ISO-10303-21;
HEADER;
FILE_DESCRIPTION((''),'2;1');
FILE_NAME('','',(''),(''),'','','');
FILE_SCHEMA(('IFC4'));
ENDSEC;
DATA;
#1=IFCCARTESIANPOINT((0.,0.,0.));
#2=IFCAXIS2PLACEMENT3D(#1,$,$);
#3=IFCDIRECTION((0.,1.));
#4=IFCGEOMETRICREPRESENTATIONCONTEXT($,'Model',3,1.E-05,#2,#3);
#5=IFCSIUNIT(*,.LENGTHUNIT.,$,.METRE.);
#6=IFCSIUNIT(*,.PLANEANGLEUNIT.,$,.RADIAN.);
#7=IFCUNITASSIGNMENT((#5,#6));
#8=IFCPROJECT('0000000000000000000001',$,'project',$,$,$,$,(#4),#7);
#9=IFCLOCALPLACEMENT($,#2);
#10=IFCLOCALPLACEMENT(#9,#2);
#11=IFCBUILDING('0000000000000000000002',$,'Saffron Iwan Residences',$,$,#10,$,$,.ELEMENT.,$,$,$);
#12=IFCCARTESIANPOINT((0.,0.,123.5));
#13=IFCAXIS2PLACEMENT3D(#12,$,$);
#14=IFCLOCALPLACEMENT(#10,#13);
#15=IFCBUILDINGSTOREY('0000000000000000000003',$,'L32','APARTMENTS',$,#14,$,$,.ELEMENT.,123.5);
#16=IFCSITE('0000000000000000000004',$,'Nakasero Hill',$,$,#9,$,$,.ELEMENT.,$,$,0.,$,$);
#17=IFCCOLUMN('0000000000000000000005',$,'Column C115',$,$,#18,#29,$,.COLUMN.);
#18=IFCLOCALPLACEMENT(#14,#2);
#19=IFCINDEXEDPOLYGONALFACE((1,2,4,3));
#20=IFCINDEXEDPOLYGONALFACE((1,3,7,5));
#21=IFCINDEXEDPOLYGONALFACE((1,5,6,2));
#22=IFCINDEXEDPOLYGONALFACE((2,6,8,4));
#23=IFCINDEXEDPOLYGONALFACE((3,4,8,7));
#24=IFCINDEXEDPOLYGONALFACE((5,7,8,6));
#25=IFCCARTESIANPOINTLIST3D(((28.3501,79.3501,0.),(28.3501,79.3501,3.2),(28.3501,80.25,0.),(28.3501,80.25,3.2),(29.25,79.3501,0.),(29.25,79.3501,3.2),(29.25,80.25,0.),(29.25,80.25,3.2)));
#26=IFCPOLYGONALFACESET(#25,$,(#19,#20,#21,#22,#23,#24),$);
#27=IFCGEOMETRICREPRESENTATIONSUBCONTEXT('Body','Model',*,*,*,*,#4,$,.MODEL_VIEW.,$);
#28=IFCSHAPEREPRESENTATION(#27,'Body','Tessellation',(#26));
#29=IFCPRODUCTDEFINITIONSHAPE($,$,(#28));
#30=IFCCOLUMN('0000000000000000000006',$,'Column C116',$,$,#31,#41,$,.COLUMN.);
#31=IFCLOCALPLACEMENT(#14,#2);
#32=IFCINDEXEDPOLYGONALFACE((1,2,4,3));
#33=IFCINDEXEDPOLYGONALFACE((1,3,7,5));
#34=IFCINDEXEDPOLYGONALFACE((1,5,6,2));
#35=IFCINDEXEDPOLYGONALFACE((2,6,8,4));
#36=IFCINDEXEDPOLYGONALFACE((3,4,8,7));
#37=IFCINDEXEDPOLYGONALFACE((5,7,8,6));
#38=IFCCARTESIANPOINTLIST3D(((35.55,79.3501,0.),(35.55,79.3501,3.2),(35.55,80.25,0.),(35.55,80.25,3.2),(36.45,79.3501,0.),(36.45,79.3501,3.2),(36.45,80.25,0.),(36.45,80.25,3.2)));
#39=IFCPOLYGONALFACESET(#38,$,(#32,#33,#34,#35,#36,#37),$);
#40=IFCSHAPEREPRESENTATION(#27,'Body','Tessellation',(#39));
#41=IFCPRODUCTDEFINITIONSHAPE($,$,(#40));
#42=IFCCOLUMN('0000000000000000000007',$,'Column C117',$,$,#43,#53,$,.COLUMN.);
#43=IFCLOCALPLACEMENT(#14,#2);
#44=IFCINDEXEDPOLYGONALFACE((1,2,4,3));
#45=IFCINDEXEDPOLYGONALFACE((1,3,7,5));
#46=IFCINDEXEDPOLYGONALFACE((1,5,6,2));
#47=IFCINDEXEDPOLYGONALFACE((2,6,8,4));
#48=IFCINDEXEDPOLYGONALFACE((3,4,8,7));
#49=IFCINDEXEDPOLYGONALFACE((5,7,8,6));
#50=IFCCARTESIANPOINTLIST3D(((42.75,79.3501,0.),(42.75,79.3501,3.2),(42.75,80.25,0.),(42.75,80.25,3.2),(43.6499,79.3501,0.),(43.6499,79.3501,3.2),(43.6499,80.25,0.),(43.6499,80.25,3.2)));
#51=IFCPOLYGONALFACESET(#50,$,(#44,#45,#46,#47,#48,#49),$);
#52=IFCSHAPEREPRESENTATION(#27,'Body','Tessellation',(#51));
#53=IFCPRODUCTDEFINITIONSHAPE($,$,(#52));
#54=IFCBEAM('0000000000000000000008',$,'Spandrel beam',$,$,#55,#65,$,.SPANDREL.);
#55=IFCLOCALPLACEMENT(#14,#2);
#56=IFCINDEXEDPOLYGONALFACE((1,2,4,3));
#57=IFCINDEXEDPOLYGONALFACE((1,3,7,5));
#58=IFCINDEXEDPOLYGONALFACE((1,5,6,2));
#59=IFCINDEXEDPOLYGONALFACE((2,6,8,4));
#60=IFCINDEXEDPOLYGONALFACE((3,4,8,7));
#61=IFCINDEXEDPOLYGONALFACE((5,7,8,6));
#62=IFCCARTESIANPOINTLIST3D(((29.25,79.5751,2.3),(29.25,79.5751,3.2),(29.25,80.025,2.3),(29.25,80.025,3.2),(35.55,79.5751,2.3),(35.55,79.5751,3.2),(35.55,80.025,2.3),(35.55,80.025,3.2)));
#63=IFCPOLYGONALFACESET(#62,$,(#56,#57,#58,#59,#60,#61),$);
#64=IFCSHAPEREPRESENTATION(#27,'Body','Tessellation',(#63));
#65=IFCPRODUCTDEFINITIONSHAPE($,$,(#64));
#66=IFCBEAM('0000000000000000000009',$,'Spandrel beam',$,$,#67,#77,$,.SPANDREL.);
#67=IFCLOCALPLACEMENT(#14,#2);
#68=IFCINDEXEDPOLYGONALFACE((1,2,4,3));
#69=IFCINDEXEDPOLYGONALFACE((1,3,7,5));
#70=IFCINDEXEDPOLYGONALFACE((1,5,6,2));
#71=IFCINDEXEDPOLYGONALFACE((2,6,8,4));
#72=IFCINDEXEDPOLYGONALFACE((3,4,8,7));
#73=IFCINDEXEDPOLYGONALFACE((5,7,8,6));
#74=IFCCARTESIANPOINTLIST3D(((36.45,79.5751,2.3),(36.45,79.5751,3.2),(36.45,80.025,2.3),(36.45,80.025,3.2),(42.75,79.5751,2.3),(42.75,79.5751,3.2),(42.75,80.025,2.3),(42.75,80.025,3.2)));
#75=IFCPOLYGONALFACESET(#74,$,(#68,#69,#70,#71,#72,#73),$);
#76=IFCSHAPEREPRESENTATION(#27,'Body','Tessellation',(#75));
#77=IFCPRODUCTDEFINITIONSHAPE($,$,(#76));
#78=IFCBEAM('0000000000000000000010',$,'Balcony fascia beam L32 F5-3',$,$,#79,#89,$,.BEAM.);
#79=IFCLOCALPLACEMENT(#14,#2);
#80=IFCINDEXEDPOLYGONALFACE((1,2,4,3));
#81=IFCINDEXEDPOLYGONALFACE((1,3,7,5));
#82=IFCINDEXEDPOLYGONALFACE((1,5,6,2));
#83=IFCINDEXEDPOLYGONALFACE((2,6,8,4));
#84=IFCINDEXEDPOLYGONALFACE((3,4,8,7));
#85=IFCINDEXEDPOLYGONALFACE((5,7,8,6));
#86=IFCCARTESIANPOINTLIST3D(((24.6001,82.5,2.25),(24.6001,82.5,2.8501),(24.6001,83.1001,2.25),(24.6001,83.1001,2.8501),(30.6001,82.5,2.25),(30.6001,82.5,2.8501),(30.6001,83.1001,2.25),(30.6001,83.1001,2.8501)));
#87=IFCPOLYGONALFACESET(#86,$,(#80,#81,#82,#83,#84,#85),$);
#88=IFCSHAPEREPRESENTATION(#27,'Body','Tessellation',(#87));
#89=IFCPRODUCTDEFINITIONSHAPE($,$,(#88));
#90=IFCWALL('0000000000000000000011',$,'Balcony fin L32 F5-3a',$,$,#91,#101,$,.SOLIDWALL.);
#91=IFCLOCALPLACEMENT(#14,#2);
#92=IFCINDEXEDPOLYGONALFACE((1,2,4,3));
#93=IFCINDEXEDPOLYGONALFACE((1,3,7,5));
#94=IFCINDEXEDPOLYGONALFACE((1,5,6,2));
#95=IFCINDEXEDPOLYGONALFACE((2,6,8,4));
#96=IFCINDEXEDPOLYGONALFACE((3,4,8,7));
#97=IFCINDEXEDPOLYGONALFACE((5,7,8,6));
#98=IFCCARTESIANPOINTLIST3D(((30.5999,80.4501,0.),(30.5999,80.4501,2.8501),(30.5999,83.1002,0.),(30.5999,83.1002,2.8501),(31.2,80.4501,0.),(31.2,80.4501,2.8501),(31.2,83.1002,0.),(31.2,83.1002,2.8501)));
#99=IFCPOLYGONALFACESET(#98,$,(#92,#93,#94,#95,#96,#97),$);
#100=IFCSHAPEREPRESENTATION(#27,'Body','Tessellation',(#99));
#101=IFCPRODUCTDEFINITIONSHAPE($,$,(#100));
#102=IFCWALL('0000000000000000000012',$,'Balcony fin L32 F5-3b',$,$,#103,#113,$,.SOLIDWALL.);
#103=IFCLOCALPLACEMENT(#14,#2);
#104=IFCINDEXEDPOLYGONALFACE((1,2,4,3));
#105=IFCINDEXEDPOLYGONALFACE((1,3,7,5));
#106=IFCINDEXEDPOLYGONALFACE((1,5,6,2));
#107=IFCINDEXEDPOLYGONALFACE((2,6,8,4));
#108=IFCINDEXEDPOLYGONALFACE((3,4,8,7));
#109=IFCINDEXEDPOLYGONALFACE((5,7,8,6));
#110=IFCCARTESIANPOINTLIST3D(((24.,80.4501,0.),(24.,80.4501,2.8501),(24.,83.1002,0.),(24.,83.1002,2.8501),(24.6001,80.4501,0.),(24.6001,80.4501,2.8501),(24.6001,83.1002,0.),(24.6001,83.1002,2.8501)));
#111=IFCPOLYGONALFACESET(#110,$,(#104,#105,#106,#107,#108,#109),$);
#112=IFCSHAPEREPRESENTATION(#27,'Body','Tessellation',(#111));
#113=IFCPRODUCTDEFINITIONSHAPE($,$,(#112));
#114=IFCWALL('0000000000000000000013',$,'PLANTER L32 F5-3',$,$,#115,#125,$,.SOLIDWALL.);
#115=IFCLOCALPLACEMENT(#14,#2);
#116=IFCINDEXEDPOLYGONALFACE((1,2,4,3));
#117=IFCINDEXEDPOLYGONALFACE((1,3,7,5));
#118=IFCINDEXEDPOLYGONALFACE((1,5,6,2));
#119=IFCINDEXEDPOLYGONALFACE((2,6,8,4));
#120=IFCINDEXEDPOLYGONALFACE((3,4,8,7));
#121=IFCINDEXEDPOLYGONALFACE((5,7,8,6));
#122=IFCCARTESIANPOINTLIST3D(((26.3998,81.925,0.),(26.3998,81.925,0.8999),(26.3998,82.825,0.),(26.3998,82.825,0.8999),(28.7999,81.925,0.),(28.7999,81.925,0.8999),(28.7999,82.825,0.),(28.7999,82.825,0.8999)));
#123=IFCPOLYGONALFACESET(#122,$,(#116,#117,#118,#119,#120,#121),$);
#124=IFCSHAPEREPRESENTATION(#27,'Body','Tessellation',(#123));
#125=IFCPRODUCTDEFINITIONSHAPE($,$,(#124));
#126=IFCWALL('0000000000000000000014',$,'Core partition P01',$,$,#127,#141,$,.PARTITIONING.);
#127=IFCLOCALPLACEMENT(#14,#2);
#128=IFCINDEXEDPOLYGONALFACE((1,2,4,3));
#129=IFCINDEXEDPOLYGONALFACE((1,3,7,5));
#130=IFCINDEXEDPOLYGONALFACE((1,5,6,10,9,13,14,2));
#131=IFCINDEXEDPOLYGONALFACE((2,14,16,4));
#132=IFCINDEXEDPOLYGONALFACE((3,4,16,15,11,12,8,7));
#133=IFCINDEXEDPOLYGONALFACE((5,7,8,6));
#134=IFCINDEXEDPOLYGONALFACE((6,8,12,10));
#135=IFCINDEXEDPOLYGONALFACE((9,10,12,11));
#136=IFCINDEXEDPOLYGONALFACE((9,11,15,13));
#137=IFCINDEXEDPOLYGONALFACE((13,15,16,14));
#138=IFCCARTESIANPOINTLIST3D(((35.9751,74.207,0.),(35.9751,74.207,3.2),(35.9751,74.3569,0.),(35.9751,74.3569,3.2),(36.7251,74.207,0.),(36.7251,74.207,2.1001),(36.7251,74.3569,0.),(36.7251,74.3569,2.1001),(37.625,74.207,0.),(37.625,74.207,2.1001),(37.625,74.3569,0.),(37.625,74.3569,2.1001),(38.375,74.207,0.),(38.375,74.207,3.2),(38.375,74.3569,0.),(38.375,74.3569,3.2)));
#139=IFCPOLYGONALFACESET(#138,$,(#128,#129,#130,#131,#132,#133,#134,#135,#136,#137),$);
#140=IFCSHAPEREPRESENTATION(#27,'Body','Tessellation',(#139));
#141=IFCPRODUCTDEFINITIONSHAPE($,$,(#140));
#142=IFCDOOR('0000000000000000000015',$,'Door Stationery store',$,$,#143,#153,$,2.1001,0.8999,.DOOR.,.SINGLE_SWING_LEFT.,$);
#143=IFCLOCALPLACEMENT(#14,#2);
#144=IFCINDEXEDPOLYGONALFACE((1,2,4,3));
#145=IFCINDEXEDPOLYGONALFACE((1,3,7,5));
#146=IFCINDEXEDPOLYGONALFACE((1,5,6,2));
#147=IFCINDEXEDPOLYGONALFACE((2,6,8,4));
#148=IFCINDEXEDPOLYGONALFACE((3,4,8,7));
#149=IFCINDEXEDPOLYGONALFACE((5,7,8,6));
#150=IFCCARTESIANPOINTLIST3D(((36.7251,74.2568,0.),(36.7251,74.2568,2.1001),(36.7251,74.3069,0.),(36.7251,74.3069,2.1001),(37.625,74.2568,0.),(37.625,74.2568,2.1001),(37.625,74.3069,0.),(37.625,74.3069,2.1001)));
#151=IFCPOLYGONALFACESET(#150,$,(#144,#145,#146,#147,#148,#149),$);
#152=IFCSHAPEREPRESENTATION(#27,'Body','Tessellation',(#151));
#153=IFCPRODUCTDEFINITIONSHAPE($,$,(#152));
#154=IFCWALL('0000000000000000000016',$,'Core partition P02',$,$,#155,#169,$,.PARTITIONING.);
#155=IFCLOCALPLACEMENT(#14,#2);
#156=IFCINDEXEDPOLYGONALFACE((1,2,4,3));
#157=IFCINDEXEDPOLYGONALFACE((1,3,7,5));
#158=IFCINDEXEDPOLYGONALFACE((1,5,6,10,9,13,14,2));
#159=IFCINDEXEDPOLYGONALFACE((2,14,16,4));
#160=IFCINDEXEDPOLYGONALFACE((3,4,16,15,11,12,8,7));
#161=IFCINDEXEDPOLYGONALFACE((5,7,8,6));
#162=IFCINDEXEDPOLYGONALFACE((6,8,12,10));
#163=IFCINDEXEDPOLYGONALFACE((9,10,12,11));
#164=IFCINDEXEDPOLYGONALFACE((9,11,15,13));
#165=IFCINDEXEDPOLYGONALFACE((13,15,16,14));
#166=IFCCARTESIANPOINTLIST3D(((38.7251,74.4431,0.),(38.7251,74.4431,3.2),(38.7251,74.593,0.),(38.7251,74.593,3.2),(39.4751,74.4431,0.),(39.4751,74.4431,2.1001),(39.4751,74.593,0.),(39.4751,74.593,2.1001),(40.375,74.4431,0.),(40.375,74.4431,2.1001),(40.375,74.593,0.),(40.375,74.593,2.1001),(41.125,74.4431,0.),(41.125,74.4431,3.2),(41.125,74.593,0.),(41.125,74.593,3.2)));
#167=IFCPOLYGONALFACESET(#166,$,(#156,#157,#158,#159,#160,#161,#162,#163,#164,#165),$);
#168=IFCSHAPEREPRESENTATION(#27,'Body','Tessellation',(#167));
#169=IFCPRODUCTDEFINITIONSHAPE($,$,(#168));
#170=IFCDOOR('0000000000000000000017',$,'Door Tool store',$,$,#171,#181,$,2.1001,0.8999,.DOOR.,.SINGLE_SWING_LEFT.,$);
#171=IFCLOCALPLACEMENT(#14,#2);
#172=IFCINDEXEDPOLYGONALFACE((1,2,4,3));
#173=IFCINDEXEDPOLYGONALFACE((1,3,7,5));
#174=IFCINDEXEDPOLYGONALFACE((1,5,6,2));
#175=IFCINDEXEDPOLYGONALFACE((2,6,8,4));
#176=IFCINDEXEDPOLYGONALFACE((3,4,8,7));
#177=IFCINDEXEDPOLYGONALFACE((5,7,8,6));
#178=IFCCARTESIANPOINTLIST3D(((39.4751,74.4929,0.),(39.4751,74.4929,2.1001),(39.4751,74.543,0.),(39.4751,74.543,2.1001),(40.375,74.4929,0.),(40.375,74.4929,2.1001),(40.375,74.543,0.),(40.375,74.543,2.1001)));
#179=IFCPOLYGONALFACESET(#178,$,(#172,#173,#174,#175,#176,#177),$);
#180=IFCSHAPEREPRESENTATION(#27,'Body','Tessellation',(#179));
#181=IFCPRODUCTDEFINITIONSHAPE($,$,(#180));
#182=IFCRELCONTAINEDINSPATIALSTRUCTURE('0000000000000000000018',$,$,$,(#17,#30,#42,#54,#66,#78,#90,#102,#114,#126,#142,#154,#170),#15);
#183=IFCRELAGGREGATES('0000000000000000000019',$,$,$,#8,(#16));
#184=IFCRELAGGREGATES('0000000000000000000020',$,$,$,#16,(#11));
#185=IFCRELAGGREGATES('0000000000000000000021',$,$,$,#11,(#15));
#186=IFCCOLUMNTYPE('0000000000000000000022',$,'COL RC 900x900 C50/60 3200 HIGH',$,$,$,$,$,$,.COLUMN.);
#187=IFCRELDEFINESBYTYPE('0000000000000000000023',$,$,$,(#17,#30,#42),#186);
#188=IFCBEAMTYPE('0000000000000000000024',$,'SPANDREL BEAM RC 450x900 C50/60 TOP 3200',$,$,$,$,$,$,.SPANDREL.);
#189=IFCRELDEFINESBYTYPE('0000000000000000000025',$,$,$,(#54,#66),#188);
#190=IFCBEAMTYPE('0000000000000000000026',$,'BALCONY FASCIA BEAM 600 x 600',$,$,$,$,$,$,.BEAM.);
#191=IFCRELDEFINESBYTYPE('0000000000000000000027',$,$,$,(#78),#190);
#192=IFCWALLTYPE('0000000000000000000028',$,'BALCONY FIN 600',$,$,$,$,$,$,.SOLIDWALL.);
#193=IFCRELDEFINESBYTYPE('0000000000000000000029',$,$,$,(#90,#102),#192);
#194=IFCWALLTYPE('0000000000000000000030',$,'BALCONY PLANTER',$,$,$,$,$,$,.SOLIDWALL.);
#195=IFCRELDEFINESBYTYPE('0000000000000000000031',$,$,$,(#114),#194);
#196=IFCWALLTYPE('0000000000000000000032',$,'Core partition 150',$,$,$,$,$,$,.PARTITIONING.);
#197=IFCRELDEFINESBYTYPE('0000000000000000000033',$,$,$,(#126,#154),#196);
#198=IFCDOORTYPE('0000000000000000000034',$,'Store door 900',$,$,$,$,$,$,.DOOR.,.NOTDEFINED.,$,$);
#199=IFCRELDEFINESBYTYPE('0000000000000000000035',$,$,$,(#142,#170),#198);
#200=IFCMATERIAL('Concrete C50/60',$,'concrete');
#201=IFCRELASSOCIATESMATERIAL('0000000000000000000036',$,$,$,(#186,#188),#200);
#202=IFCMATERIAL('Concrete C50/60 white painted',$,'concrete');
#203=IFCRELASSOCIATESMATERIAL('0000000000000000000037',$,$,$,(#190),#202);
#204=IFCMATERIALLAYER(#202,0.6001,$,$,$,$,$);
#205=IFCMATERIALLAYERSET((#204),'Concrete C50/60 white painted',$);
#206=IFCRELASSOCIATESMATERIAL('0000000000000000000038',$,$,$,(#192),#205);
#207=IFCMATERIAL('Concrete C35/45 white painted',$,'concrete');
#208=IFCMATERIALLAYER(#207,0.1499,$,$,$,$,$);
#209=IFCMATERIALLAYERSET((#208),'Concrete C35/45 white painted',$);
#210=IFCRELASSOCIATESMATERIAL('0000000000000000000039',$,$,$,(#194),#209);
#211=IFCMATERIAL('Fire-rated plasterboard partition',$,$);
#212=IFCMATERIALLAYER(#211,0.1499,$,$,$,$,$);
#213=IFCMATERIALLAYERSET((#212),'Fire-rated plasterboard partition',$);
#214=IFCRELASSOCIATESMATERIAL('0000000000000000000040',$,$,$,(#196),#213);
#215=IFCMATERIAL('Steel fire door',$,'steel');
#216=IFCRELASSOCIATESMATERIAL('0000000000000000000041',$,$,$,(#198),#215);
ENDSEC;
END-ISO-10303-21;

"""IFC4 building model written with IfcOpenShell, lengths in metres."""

from ifc_helpers import new_model, si_unit, direction, frame, frame_2d, origin, origin_2d, place, context, subcontext, project, spatial, rectangle, extrude, source, transform, mapped, material, layer, layer_set, material_profile, profile_set, type_object, element, fill, save


model = new_model("IFC4")

# Units and contexts
model_context = context("Model", 3, precision=1e-05, world=origin(), true_north=direction((0.0, 1.0)))
body_context = subcontext(model_context, "Body", "Model", "MODEL_VIEW")
ifc_project = project(units=[si_unit("LENGTHUNIT", "METRE"), si_unit("PLANEANGLEUNIT", "RADIAN")], contexts=[model_context])

# Site, building, storey
site_placement = place(None, origin())
site = spatial("IfcSite", under=ifc_project, at=site_placement, Name="Nakasero Hill", CompositionType="ELEMENT", RefElevation=0.0)
building_placement = place(site_placement, origin())
building = spatial("IfcBuilding", under=site, at=building_placement, Name="Saffron Iwan Residences", CompositionType="ELEMENT")
storey_placement = place(building_placement, frame((0.0, 0.0, 123.5)))
storey = spatial("IfcBuildingStorey", under=building, at=storey_placement, Name="L32", Description="APARTMENTS", CompositionType="ELEMENT", Elevation=123.5)

# Columns
ifc_material_1 = material(Name="Concrete C50/60", Category="concrete")
ifc_material_profile_1 = material_profile(ifc_material_1, rectangle(XDim=0.8999, YDim=0.8999, at=origin_2d()), Name="RC 900x900")
ifc_profile_set_1 = profile_set([ifc_material_profile_1], Name="Concrete C50/60")
column_type = type_object("IfcColumnType", Name="COL RC 900x900 C50/60 3200 HIGH", PredefinedType="COLUMN", material=ifc_profile_set_1)
shared_shape_1 = source(origin(), body_context, "Body", "SweptSolid", [
    extrude(rectangle(XDim=0.8999, YDim=0.8999, at=origin_2d()), origin(), (0.0, 0.0, 1.0), 3.2),
])
for number, where, z_axis, x_axis, name in (
    (1, (28.8, 79.8, 0.0), (0.0, 0.0, 1.0), (1.0, 0.0, 0.0), "Column C115"),
    (2, (36.0, 79.8, 0.0), (0.0, 0.0, 1.0), (1.0, 0.0, 0.0), "Column C116"),
    (3, (43.2, 79.8, 0.0), (0.0, 0.0, 1.0), (1.0, 0.0, 0.0), "Column C117"),
):
    element("IfcColumn", number, at=place(storey_placement, frame(where, z_axis=z_axis, x_axis=x_axis)), inside=storey, type_object=column_type, Name=name, PredefinedType="COLUMN", context=body_context, shape_type="MappedRepresentation", body=[
        mapped(shared_shape_1, transform((0.0, 0.0, 0.0))),
    ])

# Beams
ifc_material_profile_2 = material_profile(ifc_material_1, rectangle(XDim=0.45, YDim=0.8999, at=origin_2d()), Name="RC 450x900")
ifc_profile_set_2 = profile_set([ifc_material_profile_2], Name="Concrete C50/60")
beam_type_1 = type_object("IfcBeamType", Name="SPANDREL BEAM RC 450x900 C50/60 TOP 3200", PredefinedType="SPANDREL", material=ifc_profile_set_2)
shared_shape_2 = source(origin(), body_context, "Body", "SweptSolid", [
    extrude(rectangle(XDim=0.45, YDim=0.8999, at=origin_2d()), origin(), (0.0, 0.0, 1.0), 6.3),
])
for number, where, z_axis, x_axis, name in (
    (4, (29.25, 79.8, 2.75), (1.0, 0.0, 0.0), (0.0, 1.0, 0.0), "Spandrel beam"),
    (5, (36.45, 79.8, 2.75), (1.0, 0.0, 0.0), (0.0, 1.0, 0.0), "Spandrel beam"),
):
    element("IfcBeam", number, at=place(storey_placement, frame(where, z_axis=z_axis, x_axis=x_axis)), inside=storey, type_object=beam_type_1, Name=name, PredefinedType="SPANDREL", context=body_context, shape_type="MappedRepresentation", body=[
        mapped(shared_shape_2, transform((0.0, 0.0, 0.0))),
    ])
ifc_material_2 = material(Name="Concrete C50/60 white painted", Category="concrete")
ifc_material_profile_3 = material_profile(ifc_material_2, rectangle(XDim=0.6001, YDim=0.6001, at=origin_2d()), Name="BALCONY FASCIA BEAM 600 x 600")
ifc_profile_set_3 = profile_set([ifc_material_profile_3], Name="Concrete C50/60 white painted")
beam_type_2 = type_object("IfcBeamType", Name="BALCONY FASCIA BEAM 600 x 600", PredefinedType="BEAM", material=ifc_profile_set_3)
shared_shape_3 = source(origin(), body_context, "Body", "SweptSolid", [
    extrude(rectangle(XDim=0.6001, YDim=0.6001, at=origin_2d()), origin(), (0.0, 0.0, 1.0), 6.0),
])
beam_placement = place(storey_placement, frame((30.6001, 82.8, 2.55), z_axis=(-1.0, 0.0, 0.0), x_axis=(0.0, -1.0, 0.0)))
element("IfcBeam", 6, at=beam_placement, inside=storey, type_object=beam_type_2, Name="Balcony fascia beam L32 F5-3", PredefinedType="BEAM", context=body_context, shape_type="MappedRepresentation", body=[
    mapped(shared_shape_3, transform((0.0, 0.0, 0.0))),
])

# Walls
ifc_layer_1 = layer(ifc_material_2, 0.6001)
ifc_layer_set_1 = layer_set([ifc_layer_1], Name="Concrete C50/60 white painted")
wall_type_1 = type_object("IfcWallType", Name="BALCONY FIN 600", PredefinedType="SOLIDWALL", material=ifc_layer_set_1)
for number, where, z_axis, x_axis, name in (
    (7, (30.8999, 80.45, 0.0), (0.0, 0.0, 1.0), (0.0, 1.0, 0.0), "Balcony fin L32 F5-3a"),
    (8, (24.3, 80.45, 0.0), (0.0, 0.0, 1.0), (0.0, 1.0, 0.0), "Balcony fin L32 F5-3b"),
):
    element("IfcWall", number, at=place(storey_placement, frame(where, z_axis=z_axis, x_axis=x_axis)), inside=storey, type_object=wall_type_1, Name=name, PredefinedType="SOLIDWALL", context=body_context, shape_type="SweptSolid", body=[
        extrude(rectangle(XDim=2.6501, YDim=0.6001, at=frame_2d((1.3252, 0.0))), origin(), (0.0, 0.0, 1.0), 2.8501),
    ])
ifc_material_3 = material(Name="Concrete C35/45 white painted", Category="concrete")
ifc_layer_2 = layer(ifc_material_3, 0.1499)
ifc_layer_set_2 = layer_set([ifc_layer_2], Name="Concrete C35/45 white painted")
wall_type_2 = type_object("IfcWallType", Name="BALCONY PLANTER", PredefinedType="SOLIDWALL", material=ifc_layer_set_2)
wall_1_placement = place(storey_placement, frame((28.8, 82.375, 0.0), z_axis=(0.0, 0.0, 1.0), x_axis=(-1.0, 0.0, 0.0)))
element("IfcWall", 9, at=wall_1_placement, inside=storey, type_object=wall_type_2, Name="PLANTER L32 F5-3", PredefinedType="SOLIDWALL", context=body_context, shape_type="SweptSolid", body=[
    extrude(rectangle(XDim=2.4001, YDim=0.8999, at=frame_2d((1.2002, 0.0))), origin(), (0.0, 0.0, 1.0), 0.8999),
])

# Walls, openings, doors
ifc_material_4 = material(Name="Fire-rated plasterboard partition")
ifc_layer_3 = layer(ifc_material_4, 0.1499)
ifc_layer_set_3 = layer_set([ifc_layer_3], Name="Fire-rated plasterboard partition")
wall_type_3 = type_object("IfcWallType", Name="Core partition 150", PredefinedType="PARTITIONING", material=ifc_layer_set_3)
wall_2_placement = place(storey_placement, frame((35.9751, 74.282, 0.0), z_axis=(0.0, 0.0, 1.0), x_axis=(1.0, 0.0, 0.0)))
wall_2 = element("IfcWall", 10, at=wall_2_placement, inside=storey, type_object=wall_type_3, Name="Core partition P01", PredefinedType="PARTITIONING", context=body_context, shape_type="SweptSolid", body=[
    extrude(rectangle(XDim=2.3999, YDim=0.1499, at=frame_2d((1.2, 0.0))), origin(), (0.0, 0.0, 1.0), 3.2),
])
opening_1_placement = place(wall_2_placement, frame((0.75, 0.0, 0.0)))
opening_1 = element("IfcOpeningElement", 11, at=opening_1_placement, cuts=wall_2, PredefinedType="OPENING", context=body_context, shape_type="SweptSolid", body=[
    extrude(rectangle(XDim=0.8999, YDim=2.1001, at=frame_2d((0.45, 1.05))), frame((0.0, 0.085, 0.0), z_axis=(0.0, -1.0, 0.0), x_axis=(1.0, 0.0, 0.0)), (0.0, 0.0, 1.0), 0.1699),
])
ifc_material_5 = material(Name="Steel fire door", Category="steel")
door_type = type_object("IfcDoorType", Name="Store door 900", OperationType="NOTDEFINED", PredefinedType="DOOR", material=ifc_material_5)
door_1_placement = place(opening_1_placement, origin())
door_1 = element("IfcDoor", 12, at=door_1_placement, inside=storey, type_object=door_type, Name="Door Stationery store", OperationType="SINGLE_SWING_LEFT", OverallHeight=2.1001, OverallWidth=0.8999, PredefinedType="DOOR", context=body_context, shape_type="SweptSolid", body=[
    extrude(rectangle(XDim=0.8999, YDim=2.1001, at=frame_2d((0.45, 1.05))), frame((0.0, 0.0249, 0.0), z_axis=(0.0, -1.0, 0.0), x_axis=(1.0, 0.0, 0.0)), (0.0, 0.0, 1.0), 0.05),
])
fill(opening_1, door_1)
wall_3_placement = place(storey_placement, frame((38.7251, 74.5181, 0.0), z_axis=(0.0, 0.0, 1.0), x_axis=(1.0, 0.0, 0.0)))
wall_3 = element("IfcWall", 13, at=wall_3_placement, inside=storey, type_object=wall_type_3, Name="Core partition P02", PredefinedType="PARTITIONING", context=body_context, shape_type="SweptSolid", body=[
    extrude(rectangle(XDim=2.3999, YDim=0.1499, at=frame_2d((1.2, 0.0))), origin(), (0.0, 0.0, 1.0), 3.2),
])
opening_2_placement = place(wall_3_placement, frame((0.75, 0.0, 0.0)))
opening_2 = element("IfcOpeningElement", 14, at=opening_2_placement, cuts=wall_3, PredefinedType="OPENING", context=body_context, shape_type="SweptSolid", body=[
    extrude(rectangle(XDim=0.8999, YDim=2.1001, at=frame_2d((0.45, 1.05))), frame((0.0, 0.085, 0.0), z_axis=(0.0, -1.0, 0.0), x_axis=(1.0, 0.0, 0.0)), (0.0, 0.0, 1.0), 0.1699),
])
door_2_placement = place(opening_2_placement, origin())
door_2 = element("IfcDoor", 15, at=door_2_placement, inside=storey, type_object=door_type, Name="Door Tool store", OperationType="SINGLE_SWING_LEFT", OverallHeight=2.1001, OverallWidth=0.8999, PredefinedType="DOOR", context=body_context, shape_type="SweptSolid", body=[
    extrude(rectangle(XDim=0.8999, YDim=2.1001, at=frame_2d((0.45, 1.05))), frame((0.0, 0.0249, 0.0), z_axis=(0.0, -1.0, 0.0), x_axis=(1.0, 0.0, 0.0)), (0.0, 0.0, 1.0), 0.05),
])
fill(opening_2, door_2)

save(model, "model.ifc")
